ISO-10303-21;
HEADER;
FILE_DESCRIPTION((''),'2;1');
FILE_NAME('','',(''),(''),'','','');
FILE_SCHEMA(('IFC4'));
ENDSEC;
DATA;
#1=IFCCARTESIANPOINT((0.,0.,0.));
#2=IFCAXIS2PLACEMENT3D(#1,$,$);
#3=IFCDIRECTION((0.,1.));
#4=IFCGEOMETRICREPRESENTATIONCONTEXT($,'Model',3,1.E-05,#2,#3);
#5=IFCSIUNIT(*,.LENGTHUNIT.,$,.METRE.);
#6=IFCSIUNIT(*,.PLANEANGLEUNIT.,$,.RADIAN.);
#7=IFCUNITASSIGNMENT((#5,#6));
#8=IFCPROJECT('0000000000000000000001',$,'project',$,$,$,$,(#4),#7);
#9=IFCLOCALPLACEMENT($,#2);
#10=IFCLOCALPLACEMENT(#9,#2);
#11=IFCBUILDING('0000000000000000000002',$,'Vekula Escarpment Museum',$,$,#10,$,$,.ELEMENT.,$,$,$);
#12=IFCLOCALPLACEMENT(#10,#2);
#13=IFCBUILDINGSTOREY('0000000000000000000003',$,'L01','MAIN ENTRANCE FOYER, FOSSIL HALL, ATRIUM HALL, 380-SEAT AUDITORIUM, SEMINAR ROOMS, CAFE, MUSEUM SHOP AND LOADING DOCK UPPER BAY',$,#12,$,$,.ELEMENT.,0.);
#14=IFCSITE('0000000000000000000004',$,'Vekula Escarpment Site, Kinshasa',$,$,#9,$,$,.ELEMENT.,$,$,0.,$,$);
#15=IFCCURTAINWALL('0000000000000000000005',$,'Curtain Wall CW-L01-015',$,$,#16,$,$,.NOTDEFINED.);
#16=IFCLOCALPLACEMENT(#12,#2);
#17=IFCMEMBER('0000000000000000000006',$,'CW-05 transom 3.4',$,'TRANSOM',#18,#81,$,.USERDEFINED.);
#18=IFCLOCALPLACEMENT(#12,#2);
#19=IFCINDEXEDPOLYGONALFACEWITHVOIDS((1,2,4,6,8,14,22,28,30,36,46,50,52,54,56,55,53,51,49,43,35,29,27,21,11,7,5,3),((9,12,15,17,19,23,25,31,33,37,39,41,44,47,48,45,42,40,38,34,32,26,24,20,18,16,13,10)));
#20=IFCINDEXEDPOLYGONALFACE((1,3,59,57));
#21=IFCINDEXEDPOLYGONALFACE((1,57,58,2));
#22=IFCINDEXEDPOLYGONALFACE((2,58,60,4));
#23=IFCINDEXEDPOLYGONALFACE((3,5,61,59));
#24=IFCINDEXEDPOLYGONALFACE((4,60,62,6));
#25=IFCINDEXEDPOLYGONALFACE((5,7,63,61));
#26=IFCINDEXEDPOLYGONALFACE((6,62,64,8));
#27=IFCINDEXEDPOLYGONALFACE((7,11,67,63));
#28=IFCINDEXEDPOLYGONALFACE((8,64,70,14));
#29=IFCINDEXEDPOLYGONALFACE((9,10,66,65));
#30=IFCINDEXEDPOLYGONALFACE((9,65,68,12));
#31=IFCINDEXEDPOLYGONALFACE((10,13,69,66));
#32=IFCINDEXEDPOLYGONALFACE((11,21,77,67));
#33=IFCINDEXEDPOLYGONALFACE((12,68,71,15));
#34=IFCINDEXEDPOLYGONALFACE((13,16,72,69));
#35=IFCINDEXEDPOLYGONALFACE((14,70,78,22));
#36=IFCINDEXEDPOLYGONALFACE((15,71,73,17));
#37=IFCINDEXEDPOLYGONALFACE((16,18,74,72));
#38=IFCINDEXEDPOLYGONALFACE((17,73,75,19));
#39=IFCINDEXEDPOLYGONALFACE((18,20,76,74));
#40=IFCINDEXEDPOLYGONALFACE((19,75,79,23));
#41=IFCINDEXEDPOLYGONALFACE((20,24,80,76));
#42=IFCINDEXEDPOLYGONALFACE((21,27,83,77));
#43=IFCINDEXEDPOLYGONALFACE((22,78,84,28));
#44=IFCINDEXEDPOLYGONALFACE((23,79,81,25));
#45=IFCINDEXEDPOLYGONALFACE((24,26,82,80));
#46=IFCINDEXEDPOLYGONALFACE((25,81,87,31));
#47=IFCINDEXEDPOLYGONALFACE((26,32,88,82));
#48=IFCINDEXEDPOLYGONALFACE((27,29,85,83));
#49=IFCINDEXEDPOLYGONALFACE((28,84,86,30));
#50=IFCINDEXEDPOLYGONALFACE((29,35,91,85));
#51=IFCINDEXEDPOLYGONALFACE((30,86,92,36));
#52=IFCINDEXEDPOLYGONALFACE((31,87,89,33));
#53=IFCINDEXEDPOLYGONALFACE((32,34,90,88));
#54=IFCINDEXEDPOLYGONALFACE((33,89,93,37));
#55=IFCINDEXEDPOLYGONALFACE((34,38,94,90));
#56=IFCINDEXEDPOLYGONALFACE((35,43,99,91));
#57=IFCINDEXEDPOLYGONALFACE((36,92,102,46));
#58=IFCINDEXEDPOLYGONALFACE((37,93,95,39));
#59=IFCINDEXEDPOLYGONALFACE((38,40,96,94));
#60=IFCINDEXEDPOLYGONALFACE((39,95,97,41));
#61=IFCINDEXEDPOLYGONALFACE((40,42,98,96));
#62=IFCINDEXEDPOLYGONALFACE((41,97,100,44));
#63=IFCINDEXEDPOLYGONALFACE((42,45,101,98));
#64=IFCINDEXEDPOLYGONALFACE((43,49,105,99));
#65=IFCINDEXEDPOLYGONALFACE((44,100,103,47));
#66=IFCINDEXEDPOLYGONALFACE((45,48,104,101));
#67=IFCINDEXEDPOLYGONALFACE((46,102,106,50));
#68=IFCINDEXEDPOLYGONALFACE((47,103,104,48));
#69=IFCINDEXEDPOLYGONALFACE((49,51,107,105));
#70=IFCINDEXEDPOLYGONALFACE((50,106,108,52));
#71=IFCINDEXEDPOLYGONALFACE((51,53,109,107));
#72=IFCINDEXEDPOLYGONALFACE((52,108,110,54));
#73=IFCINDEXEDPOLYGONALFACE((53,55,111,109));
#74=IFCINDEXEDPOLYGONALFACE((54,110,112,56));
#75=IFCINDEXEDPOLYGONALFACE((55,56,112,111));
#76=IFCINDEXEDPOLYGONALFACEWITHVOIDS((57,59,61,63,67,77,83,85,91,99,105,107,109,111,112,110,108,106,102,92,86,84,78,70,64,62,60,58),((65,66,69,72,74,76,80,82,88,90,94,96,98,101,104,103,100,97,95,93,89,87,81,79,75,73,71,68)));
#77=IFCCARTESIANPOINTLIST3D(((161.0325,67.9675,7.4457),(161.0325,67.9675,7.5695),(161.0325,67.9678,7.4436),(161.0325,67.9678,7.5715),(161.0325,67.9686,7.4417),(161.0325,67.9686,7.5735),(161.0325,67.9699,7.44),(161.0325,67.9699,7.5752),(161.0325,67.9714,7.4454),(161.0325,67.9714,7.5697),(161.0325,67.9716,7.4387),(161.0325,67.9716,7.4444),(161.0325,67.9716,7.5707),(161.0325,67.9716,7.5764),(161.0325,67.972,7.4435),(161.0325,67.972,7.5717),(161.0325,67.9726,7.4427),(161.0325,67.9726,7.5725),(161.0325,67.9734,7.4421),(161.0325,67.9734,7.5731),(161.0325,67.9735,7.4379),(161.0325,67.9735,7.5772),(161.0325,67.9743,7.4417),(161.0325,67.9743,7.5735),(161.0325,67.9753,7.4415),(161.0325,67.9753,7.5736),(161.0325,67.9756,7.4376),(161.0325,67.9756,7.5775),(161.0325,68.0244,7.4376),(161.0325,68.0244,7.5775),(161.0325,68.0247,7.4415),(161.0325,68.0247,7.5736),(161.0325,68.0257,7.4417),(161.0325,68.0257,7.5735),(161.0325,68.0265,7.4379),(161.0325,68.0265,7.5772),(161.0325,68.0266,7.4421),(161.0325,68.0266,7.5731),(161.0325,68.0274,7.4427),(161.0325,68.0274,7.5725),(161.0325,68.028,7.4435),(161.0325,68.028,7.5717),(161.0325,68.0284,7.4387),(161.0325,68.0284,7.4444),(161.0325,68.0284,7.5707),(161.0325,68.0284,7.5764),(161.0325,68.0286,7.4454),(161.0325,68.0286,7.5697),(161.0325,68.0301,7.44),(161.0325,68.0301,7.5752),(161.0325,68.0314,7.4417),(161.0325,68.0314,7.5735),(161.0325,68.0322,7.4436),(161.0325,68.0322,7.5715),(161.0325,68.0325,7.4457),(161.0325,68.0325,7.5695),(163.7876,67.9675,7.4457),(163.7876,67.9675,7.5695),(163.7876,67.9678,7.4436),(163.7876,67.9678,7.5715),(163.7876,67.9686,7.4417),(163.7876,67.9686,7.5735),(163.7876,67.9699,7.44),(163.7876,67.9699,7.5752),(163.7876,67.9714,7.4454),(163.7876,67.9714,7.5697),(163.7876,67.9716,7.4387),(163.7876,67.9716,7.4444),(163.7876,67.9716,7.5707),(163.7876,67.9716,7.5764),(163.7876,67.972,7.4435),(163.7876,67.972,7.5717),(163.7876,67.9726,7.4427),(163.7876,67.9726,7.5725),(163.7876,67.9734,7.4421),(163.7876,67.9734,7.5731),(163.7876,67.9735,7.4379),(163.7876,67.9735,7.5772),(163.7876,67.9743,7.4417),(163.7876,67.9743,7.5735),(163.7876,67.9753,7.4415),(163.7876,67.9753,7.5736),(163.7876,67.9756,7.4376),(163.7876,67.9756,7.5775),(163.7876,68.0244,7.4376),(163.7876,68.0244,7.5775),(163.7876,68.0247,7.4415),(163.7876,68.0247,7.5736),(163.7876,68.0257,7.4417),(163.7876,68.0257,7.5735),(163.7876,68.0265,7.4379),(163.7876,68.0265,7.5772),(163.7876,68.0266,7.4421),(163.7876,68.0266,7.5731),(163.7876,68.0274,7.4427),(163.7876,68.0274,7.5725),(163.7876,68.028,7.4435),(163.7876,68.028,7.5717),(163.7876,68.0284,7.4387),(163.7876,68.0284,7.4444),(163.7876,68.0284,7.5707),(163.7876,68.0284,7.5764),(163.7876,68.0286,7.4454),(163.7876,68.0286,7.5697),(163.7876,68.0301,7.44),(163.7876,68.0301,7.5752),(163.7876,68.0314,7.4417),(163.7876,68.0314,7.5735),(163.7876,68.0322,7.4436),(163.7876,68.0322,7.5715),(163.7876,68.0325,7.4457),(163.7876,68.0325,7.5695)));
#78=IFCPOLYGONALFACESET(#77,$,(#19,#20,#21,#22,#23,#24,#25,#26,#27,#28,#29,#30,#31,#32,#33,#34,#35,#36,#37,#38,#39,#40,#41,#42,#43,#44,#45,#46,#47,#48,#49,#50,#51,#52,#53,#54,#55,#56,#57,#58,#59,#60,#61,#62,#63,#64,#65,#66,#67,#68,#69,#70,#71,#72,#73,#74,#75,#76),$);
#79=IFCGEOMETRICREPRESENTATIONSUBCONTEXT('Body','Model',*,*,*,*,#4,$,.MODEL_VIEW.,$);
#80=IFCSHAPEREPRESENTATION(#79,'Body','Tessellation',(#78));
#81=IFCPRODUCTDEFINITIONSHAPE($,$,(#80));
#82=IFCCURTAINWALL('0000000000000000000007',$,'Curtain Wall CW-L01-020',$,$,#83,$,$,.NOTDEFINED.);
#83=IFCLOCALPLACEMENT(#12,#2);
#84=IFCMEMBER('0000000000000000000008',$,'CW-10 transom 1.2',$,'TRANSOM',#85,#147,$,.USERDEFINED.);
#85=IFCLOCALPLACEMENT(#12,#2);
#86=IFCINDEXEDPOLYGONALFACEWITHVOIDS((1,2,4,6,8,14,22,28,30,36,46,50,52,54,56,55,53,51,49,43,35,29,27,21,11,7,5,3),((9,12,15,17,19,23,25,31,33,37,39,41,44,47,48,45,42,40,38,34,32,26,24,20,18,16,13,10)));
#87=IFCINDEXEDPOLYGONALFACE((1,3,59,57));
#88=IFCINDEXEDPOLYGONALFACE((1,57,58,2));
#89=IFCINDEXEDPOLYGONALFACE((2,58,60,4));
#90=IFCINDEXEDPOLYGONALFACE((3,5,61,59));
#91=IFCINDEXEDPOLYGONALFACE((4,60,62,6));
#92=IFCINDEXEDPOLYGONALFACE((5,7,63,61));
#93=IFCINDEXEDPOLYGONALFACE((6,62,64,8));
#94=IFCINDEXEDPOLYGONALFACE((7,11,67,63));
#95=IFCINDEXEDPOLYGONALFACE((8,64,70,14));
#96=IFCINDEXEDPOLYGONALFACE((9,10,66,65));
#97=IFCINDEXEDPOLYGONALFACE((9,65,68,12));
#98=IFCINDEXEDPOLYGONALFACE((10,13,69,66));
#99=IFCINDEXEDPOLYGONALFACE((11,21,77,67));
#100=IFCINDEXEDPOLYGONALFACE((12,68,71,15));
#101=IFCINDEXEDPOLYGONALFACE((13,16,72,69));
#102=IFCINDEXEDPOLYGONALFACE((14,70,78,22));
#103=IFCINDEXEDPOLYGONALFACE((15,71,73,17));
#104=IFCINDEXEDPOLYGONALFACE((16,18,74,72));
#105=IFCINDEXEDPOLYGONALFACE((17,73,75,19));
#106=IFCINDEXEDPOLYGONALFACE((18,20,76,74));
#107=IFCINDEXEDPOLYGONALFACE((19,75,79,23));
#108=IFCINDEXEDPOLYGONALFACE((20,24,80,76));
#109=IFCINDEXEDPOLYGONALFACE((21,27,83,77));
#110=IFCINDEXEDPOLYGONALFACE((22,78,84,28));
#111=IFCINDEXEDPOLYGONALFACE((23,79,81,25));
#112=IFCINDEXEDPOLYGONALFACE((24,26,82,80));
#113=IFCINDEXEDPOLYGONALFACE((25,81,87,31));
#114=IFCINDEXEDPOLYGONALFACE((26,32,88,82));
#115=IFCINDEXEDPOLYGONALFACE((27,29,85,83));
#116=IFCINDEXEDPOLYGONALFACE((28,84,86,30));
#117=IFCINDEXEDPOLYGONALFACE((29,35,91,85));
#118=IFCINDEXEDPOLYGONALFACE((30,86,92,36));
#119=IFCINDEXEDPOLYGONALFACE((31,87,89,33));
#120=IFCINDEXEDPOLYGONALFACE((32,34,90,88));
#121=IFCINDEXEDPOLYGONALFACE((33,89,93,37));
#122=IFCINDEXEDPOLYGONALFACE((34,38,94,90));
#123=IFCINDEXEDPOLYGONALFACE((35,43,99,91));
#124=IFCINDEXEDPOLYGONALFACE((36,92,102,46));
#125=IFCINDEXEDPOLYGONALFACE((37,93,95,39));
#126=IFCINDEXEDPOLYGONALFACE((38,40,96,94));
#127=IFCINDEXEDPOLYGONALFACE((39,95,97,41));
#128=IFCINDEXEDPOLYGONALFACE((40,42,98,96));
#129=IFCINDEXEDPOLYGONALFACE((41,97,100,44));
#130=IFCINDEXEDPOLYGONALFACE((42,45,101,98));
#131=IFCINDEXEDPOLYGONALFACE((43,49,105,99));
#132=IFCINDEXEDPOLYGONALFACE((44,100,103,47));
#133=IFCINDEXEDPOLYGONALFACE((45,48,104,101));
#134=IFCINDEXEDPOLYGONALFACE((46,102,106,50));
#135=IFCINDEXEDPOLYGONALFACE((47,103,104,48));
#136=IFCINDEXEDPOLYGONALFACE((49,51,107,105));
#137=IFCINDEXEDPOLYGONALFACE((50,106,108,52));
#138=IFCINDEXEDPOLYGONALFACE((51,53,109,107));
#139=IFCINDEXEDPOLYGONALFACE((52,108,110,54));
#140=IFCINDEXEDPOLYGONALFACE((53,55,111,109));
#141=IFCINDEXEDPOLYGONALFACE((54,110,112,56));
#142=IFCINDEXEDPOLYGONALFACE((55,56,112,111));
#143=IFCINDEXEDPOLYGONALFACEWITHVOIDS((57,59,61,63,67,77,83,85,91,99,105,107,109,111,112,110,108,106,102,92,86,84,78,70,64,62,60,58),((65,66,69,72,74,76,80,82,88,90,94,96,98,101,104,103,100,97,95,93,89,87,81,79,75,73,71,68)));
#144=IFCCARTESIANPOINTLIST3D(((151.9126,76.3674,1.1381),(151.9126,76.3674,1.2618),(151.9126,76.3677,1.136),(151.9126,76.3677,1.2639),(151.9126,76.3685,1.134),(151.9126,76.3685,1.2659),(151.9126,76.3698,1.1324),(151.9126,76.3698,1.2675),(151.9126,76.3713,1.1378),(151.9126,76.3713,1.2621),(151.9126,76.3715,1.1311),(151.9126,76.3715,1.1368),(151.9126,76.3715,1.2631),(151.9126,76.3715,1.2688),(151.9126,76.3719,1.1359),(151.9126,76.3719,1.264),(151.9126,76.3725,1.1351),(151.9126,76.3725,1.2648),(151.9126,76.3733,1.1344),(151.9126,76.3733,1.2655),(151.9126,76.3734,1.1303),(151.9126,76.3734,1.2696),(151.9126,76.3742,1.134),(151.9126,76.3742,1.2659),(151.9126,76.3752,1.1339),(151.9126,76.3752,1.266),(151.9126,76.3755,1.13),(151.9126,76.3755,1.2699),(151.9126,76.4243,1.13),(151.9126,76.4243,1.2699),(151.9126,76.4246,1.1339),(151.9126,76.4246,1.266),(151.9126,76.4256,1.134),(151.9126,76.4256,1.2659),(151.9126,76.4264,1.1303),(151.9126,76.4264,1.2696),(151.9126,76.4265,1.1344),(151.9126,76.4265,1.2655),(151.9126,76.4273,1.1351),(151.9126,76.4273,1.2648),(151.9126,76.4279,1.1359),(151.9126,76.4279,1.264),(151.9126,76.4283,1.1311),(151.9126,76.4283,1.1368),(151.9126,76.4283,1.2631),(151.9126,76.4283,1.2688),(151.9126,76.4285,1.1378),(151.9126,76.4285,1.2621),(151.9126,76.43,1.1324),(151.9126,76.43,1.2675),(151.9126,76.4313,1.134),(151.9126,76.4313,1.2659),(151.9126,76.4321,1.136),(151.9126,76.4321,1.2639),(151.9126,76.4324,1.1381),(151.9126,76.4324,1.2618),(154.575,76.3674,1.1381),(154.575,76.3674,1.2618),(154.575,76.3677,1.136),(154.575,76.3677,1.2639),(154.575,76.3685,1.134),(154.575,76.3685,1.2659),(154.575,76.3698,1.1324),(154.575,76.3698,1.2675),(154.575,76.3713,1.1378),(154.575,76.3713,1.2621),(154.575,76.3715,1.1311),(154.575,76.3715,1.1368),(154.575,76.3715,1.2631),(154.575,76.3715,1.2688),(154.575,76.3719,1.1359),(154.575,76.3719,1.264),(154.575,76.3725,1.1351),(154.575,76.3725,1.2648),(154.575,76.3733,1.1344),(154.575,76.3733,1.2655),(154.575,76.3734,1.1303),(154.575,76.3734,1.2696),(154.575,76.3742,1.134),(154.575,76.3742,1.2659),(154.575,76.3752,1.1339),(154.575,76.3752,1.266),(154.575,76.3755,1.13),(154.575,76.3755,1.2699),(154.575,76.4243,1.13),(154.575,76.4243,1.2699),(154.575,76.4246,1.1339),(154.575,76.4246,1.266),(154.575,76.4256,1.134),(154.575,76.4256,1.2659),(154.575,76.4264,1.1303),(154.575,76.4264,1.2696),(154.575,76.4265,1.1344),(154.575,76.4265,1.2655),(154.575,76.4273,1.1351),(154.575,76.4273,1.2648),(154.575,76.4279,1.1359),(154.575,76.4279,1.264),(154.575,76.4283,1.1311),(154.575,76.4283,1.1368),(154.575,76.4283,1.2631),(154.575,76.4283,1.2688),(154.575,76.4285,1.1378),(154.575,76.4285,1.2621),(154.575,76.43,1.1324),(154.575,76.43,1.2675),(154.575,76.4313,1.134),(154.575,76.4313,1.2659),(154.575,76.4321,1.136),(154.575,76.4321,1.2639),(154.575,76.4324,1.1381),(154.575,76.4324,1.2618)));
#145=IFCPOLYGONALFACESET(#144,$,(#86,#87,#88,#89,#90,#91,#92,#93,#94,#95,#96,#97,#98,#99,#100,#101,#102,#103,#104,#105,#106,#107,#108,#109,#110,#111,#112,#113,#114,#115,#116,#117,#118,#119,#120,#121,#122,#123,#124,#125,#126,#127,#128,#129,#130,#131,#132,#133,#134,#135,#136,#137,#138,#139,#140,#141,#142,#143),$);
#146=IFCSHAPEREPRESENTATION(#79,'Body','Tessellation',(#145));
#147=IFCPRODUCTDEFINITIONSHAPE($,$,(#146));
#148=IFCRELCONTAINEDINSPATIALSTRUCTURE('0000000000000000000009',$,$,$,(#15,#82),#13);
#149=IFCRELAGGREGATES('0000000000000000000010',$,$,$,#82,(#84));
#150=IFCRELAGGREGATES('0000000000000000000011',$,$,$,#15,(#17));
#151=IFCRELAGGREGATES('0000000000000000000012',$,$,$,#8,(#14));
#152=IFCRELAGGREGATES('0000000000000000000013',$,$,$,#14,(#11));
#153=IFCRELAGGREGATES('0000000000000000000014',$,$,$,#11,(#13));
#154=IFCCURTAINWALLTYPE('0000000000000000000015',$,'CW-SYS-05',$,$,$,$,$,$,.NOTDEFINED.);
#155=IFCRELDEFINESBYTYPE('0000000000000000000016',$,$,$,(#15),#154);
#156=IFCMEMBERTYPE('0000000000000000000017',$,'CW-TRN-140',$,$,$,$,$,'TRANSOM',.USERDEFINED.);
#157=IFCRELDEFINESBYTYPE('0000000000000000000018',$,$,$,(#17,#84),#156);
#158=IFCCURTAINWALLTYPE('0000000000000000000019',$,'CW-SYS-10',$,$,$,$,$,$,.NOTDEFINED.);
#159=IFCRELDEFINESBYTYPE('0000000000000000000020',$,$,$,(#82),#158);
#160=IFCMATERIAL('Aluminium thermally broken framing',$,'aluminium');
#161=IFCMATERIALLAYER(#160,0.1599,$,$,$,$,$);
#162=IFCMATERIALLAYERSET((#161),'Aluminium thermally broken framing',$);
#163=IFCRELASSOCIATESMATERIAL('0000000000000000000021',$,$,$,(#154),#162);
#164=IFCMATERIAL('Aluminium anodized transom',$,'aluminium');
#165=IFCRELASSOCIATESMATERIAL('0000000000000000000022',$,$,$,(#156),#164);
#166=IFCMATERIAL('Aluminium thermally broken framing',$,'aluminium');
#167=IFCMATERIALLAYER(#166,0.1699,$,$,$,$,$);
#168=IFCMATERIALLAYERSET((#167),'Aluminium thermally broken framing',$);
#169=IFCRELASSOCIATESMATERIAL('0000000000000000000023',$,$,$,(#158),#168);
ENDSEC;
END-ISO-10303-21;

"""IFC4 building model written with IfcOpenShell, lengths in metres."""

from ifc_helpers import new_model, si_unit, direction, frame, origin, origin_2d, place, context, subcontext, project, spatial, hollow_rectangle, extrude, material, layer, layer_set, material_profile, profile_set, type_object, element, aggregate, save


model = new_model("IFC4")

# Units and contexts
model_context = context("Model", 3, precision=1e-05, world=origin(), true_north=direction((0.0, 1.0)))
body_context = subcontext(model_context, "Body", "Model", "MODEL_VIEW")
ifc_project = project(units=[si_unit("LENGTHUNIT", "METRE"), si_unit("PLANEANGLEUNIT", "RADIAN")], contexts=[model_context])

# Site, building, storey
site_placement = place(None, origin())
site = spatial("IfcSite", under=ifc_project, at=site_placement, Name="Vekula Escarpment Site, Kinshasa", CompositionType="ELEMENT", RefElevation=0.0)
building_placement = place(site_placement, origin())
building = spatial("IfcBuilding", under=site, at=building_placement, Name="Vekula Escarpment Museum", CompositionType="ELEMENT")
storey_placement = place(building_placement, origin())
storey = spatial("IfcBuildingStorey", under=building, at=storey_placement, Name="L01", Description="MAIN ENTRANCE FOYER, FOSSIL HALL, ATRIUM HALL, 380-SEAT AUDITORIUM, SEMINAR ROOMS, CAFE, MUSEUM SHOP AND LOADING DOCK UPPER BAY", CompositionType="ELEMENT", Elevation=0.0)

# Curtain walls, members
ifc_material_1 = material(Name="Aluminium thermally broken framing", Category="aluminium")
ifc_layer_1 = layer(ifc_material_1, 0.1599)
ifc_layer_set_1 = layer_set([ifc_layer_1], Name="Aluminium thermally broken framing")
curtain_wall_type_1 = type_object("IfcCurtainWallType", Name="CW-SYS-05", PredefinedType="NOTDEFINED", material=ifc_layer_set_1)
curtain_wall_1_placement = place(storey_placement, origin())
curtain_wall_1 = element("IfcCurtainWall", 1, at=curtain_wall_1_placement, inside=storey, type_object=curtain_wall_type_1, Name="Curtain Wall CW-L01-015", PredefinedType="NOTDEFINED")
ifc_material_2 = material(Name="Aluminium anodized transom", Category="aluminium")
ifc_material_profile_1 = material_profile(ifc_material_2, hollow_rectangle(XDim=0.0649, YDim=0.1399, WallThickness=0.0039, InnerFilletRadius=0.0039, OuterFilletRadius=0.0081, at=origin_2d()), Name="ALU 140x65x4")
ifc_profile_set_1 = profile_set([ifc_material_profile_1], Name="Aluminium anodized transom")
member_type_1 = type_object("IfcMemberType", Name="CW-TRN-140", ElementType="TRANSOM", PredefinedType="USERDEFINED", material=ifc_profile_set_1)
member_1_placement = place(storey_placement, frame((161.0325, 68.0, 7.5076), z_axis=(1.0, 0.0, 0.0), x_axis=(0.0, 1.0, 0.0)))
member_1 = element("IfcMember", 2, at=member_1_placement, type_object=member_type_1, Name="CW-05 transom 3.4", ObjectType="TRANSOM", PredefinedType="USERDEFINED", context=body_context, shape_type="SweptSolid", body=[
    extrude(hollow_rectangle(XDim=0.0649, YDim=0.1399, WallThickness=0.0039, InnerFilletRadius=0.0039, OuterFilletRadius=0.0081, at=origin_2d()), origin(), (0.0, 0.0, 1.0), 2.7551),
])
ifc_material_3 = material(Name="Aluminium thermally broken framing", Category="aluminium")
ifc_layer_2 = layer(ifc_material_3, 0.1699)
ifc_layer_set_2 = layer_set([ifc_layer_2], Name="Aluminium thermally broken framing")
curtain_wall_type_2 = type_object("IfcCurtainWallType", Name="CW-SYS-10", PredefinedType="NOTDEFINED", material=ifc_layer_set_2)
curtain_wall_2_placement = place(storey_placement, origin())
curtain_wall_2 = element("IfcCurtainWall", 3, at=curtain_wall_2_placement, inside=storey, type_object=curtain_wall_type_2, Name="Curtain Wall CW-L01-020", PredefinedType="NOTDEFINED")
member_2_placement = place(storey_placement, frame((154.575, 76.3999, 1.2), z_axis=(-1.0, 0.0, 0.0), x_axis=(0.0, -1.0, 0.0)))
member_2 = element("IfcMember", 4, at=member_2_placement, type_object=member_type_1, Name="CW-10 transom 1.2", ObjectType="TRANSOM", PredefinedType="USERDEFINED", context=body_context, shape_type="SweptSolid", body=[
    extrude(hollow_rectangle(XDim=0.0649, YDim=0.1399, WallThickness=0.0039, InnerFilletRadius=0.0039, OuterFilletRadius=0.0081, at=origin_2d()), origin(), (0.0, 0.0, 1.0), 2.6624),
])
aggregate(curtain_wall_2, [member_2])

aggregate(curtain_wall_1, [member_1])

save(model, "model.ifc")
